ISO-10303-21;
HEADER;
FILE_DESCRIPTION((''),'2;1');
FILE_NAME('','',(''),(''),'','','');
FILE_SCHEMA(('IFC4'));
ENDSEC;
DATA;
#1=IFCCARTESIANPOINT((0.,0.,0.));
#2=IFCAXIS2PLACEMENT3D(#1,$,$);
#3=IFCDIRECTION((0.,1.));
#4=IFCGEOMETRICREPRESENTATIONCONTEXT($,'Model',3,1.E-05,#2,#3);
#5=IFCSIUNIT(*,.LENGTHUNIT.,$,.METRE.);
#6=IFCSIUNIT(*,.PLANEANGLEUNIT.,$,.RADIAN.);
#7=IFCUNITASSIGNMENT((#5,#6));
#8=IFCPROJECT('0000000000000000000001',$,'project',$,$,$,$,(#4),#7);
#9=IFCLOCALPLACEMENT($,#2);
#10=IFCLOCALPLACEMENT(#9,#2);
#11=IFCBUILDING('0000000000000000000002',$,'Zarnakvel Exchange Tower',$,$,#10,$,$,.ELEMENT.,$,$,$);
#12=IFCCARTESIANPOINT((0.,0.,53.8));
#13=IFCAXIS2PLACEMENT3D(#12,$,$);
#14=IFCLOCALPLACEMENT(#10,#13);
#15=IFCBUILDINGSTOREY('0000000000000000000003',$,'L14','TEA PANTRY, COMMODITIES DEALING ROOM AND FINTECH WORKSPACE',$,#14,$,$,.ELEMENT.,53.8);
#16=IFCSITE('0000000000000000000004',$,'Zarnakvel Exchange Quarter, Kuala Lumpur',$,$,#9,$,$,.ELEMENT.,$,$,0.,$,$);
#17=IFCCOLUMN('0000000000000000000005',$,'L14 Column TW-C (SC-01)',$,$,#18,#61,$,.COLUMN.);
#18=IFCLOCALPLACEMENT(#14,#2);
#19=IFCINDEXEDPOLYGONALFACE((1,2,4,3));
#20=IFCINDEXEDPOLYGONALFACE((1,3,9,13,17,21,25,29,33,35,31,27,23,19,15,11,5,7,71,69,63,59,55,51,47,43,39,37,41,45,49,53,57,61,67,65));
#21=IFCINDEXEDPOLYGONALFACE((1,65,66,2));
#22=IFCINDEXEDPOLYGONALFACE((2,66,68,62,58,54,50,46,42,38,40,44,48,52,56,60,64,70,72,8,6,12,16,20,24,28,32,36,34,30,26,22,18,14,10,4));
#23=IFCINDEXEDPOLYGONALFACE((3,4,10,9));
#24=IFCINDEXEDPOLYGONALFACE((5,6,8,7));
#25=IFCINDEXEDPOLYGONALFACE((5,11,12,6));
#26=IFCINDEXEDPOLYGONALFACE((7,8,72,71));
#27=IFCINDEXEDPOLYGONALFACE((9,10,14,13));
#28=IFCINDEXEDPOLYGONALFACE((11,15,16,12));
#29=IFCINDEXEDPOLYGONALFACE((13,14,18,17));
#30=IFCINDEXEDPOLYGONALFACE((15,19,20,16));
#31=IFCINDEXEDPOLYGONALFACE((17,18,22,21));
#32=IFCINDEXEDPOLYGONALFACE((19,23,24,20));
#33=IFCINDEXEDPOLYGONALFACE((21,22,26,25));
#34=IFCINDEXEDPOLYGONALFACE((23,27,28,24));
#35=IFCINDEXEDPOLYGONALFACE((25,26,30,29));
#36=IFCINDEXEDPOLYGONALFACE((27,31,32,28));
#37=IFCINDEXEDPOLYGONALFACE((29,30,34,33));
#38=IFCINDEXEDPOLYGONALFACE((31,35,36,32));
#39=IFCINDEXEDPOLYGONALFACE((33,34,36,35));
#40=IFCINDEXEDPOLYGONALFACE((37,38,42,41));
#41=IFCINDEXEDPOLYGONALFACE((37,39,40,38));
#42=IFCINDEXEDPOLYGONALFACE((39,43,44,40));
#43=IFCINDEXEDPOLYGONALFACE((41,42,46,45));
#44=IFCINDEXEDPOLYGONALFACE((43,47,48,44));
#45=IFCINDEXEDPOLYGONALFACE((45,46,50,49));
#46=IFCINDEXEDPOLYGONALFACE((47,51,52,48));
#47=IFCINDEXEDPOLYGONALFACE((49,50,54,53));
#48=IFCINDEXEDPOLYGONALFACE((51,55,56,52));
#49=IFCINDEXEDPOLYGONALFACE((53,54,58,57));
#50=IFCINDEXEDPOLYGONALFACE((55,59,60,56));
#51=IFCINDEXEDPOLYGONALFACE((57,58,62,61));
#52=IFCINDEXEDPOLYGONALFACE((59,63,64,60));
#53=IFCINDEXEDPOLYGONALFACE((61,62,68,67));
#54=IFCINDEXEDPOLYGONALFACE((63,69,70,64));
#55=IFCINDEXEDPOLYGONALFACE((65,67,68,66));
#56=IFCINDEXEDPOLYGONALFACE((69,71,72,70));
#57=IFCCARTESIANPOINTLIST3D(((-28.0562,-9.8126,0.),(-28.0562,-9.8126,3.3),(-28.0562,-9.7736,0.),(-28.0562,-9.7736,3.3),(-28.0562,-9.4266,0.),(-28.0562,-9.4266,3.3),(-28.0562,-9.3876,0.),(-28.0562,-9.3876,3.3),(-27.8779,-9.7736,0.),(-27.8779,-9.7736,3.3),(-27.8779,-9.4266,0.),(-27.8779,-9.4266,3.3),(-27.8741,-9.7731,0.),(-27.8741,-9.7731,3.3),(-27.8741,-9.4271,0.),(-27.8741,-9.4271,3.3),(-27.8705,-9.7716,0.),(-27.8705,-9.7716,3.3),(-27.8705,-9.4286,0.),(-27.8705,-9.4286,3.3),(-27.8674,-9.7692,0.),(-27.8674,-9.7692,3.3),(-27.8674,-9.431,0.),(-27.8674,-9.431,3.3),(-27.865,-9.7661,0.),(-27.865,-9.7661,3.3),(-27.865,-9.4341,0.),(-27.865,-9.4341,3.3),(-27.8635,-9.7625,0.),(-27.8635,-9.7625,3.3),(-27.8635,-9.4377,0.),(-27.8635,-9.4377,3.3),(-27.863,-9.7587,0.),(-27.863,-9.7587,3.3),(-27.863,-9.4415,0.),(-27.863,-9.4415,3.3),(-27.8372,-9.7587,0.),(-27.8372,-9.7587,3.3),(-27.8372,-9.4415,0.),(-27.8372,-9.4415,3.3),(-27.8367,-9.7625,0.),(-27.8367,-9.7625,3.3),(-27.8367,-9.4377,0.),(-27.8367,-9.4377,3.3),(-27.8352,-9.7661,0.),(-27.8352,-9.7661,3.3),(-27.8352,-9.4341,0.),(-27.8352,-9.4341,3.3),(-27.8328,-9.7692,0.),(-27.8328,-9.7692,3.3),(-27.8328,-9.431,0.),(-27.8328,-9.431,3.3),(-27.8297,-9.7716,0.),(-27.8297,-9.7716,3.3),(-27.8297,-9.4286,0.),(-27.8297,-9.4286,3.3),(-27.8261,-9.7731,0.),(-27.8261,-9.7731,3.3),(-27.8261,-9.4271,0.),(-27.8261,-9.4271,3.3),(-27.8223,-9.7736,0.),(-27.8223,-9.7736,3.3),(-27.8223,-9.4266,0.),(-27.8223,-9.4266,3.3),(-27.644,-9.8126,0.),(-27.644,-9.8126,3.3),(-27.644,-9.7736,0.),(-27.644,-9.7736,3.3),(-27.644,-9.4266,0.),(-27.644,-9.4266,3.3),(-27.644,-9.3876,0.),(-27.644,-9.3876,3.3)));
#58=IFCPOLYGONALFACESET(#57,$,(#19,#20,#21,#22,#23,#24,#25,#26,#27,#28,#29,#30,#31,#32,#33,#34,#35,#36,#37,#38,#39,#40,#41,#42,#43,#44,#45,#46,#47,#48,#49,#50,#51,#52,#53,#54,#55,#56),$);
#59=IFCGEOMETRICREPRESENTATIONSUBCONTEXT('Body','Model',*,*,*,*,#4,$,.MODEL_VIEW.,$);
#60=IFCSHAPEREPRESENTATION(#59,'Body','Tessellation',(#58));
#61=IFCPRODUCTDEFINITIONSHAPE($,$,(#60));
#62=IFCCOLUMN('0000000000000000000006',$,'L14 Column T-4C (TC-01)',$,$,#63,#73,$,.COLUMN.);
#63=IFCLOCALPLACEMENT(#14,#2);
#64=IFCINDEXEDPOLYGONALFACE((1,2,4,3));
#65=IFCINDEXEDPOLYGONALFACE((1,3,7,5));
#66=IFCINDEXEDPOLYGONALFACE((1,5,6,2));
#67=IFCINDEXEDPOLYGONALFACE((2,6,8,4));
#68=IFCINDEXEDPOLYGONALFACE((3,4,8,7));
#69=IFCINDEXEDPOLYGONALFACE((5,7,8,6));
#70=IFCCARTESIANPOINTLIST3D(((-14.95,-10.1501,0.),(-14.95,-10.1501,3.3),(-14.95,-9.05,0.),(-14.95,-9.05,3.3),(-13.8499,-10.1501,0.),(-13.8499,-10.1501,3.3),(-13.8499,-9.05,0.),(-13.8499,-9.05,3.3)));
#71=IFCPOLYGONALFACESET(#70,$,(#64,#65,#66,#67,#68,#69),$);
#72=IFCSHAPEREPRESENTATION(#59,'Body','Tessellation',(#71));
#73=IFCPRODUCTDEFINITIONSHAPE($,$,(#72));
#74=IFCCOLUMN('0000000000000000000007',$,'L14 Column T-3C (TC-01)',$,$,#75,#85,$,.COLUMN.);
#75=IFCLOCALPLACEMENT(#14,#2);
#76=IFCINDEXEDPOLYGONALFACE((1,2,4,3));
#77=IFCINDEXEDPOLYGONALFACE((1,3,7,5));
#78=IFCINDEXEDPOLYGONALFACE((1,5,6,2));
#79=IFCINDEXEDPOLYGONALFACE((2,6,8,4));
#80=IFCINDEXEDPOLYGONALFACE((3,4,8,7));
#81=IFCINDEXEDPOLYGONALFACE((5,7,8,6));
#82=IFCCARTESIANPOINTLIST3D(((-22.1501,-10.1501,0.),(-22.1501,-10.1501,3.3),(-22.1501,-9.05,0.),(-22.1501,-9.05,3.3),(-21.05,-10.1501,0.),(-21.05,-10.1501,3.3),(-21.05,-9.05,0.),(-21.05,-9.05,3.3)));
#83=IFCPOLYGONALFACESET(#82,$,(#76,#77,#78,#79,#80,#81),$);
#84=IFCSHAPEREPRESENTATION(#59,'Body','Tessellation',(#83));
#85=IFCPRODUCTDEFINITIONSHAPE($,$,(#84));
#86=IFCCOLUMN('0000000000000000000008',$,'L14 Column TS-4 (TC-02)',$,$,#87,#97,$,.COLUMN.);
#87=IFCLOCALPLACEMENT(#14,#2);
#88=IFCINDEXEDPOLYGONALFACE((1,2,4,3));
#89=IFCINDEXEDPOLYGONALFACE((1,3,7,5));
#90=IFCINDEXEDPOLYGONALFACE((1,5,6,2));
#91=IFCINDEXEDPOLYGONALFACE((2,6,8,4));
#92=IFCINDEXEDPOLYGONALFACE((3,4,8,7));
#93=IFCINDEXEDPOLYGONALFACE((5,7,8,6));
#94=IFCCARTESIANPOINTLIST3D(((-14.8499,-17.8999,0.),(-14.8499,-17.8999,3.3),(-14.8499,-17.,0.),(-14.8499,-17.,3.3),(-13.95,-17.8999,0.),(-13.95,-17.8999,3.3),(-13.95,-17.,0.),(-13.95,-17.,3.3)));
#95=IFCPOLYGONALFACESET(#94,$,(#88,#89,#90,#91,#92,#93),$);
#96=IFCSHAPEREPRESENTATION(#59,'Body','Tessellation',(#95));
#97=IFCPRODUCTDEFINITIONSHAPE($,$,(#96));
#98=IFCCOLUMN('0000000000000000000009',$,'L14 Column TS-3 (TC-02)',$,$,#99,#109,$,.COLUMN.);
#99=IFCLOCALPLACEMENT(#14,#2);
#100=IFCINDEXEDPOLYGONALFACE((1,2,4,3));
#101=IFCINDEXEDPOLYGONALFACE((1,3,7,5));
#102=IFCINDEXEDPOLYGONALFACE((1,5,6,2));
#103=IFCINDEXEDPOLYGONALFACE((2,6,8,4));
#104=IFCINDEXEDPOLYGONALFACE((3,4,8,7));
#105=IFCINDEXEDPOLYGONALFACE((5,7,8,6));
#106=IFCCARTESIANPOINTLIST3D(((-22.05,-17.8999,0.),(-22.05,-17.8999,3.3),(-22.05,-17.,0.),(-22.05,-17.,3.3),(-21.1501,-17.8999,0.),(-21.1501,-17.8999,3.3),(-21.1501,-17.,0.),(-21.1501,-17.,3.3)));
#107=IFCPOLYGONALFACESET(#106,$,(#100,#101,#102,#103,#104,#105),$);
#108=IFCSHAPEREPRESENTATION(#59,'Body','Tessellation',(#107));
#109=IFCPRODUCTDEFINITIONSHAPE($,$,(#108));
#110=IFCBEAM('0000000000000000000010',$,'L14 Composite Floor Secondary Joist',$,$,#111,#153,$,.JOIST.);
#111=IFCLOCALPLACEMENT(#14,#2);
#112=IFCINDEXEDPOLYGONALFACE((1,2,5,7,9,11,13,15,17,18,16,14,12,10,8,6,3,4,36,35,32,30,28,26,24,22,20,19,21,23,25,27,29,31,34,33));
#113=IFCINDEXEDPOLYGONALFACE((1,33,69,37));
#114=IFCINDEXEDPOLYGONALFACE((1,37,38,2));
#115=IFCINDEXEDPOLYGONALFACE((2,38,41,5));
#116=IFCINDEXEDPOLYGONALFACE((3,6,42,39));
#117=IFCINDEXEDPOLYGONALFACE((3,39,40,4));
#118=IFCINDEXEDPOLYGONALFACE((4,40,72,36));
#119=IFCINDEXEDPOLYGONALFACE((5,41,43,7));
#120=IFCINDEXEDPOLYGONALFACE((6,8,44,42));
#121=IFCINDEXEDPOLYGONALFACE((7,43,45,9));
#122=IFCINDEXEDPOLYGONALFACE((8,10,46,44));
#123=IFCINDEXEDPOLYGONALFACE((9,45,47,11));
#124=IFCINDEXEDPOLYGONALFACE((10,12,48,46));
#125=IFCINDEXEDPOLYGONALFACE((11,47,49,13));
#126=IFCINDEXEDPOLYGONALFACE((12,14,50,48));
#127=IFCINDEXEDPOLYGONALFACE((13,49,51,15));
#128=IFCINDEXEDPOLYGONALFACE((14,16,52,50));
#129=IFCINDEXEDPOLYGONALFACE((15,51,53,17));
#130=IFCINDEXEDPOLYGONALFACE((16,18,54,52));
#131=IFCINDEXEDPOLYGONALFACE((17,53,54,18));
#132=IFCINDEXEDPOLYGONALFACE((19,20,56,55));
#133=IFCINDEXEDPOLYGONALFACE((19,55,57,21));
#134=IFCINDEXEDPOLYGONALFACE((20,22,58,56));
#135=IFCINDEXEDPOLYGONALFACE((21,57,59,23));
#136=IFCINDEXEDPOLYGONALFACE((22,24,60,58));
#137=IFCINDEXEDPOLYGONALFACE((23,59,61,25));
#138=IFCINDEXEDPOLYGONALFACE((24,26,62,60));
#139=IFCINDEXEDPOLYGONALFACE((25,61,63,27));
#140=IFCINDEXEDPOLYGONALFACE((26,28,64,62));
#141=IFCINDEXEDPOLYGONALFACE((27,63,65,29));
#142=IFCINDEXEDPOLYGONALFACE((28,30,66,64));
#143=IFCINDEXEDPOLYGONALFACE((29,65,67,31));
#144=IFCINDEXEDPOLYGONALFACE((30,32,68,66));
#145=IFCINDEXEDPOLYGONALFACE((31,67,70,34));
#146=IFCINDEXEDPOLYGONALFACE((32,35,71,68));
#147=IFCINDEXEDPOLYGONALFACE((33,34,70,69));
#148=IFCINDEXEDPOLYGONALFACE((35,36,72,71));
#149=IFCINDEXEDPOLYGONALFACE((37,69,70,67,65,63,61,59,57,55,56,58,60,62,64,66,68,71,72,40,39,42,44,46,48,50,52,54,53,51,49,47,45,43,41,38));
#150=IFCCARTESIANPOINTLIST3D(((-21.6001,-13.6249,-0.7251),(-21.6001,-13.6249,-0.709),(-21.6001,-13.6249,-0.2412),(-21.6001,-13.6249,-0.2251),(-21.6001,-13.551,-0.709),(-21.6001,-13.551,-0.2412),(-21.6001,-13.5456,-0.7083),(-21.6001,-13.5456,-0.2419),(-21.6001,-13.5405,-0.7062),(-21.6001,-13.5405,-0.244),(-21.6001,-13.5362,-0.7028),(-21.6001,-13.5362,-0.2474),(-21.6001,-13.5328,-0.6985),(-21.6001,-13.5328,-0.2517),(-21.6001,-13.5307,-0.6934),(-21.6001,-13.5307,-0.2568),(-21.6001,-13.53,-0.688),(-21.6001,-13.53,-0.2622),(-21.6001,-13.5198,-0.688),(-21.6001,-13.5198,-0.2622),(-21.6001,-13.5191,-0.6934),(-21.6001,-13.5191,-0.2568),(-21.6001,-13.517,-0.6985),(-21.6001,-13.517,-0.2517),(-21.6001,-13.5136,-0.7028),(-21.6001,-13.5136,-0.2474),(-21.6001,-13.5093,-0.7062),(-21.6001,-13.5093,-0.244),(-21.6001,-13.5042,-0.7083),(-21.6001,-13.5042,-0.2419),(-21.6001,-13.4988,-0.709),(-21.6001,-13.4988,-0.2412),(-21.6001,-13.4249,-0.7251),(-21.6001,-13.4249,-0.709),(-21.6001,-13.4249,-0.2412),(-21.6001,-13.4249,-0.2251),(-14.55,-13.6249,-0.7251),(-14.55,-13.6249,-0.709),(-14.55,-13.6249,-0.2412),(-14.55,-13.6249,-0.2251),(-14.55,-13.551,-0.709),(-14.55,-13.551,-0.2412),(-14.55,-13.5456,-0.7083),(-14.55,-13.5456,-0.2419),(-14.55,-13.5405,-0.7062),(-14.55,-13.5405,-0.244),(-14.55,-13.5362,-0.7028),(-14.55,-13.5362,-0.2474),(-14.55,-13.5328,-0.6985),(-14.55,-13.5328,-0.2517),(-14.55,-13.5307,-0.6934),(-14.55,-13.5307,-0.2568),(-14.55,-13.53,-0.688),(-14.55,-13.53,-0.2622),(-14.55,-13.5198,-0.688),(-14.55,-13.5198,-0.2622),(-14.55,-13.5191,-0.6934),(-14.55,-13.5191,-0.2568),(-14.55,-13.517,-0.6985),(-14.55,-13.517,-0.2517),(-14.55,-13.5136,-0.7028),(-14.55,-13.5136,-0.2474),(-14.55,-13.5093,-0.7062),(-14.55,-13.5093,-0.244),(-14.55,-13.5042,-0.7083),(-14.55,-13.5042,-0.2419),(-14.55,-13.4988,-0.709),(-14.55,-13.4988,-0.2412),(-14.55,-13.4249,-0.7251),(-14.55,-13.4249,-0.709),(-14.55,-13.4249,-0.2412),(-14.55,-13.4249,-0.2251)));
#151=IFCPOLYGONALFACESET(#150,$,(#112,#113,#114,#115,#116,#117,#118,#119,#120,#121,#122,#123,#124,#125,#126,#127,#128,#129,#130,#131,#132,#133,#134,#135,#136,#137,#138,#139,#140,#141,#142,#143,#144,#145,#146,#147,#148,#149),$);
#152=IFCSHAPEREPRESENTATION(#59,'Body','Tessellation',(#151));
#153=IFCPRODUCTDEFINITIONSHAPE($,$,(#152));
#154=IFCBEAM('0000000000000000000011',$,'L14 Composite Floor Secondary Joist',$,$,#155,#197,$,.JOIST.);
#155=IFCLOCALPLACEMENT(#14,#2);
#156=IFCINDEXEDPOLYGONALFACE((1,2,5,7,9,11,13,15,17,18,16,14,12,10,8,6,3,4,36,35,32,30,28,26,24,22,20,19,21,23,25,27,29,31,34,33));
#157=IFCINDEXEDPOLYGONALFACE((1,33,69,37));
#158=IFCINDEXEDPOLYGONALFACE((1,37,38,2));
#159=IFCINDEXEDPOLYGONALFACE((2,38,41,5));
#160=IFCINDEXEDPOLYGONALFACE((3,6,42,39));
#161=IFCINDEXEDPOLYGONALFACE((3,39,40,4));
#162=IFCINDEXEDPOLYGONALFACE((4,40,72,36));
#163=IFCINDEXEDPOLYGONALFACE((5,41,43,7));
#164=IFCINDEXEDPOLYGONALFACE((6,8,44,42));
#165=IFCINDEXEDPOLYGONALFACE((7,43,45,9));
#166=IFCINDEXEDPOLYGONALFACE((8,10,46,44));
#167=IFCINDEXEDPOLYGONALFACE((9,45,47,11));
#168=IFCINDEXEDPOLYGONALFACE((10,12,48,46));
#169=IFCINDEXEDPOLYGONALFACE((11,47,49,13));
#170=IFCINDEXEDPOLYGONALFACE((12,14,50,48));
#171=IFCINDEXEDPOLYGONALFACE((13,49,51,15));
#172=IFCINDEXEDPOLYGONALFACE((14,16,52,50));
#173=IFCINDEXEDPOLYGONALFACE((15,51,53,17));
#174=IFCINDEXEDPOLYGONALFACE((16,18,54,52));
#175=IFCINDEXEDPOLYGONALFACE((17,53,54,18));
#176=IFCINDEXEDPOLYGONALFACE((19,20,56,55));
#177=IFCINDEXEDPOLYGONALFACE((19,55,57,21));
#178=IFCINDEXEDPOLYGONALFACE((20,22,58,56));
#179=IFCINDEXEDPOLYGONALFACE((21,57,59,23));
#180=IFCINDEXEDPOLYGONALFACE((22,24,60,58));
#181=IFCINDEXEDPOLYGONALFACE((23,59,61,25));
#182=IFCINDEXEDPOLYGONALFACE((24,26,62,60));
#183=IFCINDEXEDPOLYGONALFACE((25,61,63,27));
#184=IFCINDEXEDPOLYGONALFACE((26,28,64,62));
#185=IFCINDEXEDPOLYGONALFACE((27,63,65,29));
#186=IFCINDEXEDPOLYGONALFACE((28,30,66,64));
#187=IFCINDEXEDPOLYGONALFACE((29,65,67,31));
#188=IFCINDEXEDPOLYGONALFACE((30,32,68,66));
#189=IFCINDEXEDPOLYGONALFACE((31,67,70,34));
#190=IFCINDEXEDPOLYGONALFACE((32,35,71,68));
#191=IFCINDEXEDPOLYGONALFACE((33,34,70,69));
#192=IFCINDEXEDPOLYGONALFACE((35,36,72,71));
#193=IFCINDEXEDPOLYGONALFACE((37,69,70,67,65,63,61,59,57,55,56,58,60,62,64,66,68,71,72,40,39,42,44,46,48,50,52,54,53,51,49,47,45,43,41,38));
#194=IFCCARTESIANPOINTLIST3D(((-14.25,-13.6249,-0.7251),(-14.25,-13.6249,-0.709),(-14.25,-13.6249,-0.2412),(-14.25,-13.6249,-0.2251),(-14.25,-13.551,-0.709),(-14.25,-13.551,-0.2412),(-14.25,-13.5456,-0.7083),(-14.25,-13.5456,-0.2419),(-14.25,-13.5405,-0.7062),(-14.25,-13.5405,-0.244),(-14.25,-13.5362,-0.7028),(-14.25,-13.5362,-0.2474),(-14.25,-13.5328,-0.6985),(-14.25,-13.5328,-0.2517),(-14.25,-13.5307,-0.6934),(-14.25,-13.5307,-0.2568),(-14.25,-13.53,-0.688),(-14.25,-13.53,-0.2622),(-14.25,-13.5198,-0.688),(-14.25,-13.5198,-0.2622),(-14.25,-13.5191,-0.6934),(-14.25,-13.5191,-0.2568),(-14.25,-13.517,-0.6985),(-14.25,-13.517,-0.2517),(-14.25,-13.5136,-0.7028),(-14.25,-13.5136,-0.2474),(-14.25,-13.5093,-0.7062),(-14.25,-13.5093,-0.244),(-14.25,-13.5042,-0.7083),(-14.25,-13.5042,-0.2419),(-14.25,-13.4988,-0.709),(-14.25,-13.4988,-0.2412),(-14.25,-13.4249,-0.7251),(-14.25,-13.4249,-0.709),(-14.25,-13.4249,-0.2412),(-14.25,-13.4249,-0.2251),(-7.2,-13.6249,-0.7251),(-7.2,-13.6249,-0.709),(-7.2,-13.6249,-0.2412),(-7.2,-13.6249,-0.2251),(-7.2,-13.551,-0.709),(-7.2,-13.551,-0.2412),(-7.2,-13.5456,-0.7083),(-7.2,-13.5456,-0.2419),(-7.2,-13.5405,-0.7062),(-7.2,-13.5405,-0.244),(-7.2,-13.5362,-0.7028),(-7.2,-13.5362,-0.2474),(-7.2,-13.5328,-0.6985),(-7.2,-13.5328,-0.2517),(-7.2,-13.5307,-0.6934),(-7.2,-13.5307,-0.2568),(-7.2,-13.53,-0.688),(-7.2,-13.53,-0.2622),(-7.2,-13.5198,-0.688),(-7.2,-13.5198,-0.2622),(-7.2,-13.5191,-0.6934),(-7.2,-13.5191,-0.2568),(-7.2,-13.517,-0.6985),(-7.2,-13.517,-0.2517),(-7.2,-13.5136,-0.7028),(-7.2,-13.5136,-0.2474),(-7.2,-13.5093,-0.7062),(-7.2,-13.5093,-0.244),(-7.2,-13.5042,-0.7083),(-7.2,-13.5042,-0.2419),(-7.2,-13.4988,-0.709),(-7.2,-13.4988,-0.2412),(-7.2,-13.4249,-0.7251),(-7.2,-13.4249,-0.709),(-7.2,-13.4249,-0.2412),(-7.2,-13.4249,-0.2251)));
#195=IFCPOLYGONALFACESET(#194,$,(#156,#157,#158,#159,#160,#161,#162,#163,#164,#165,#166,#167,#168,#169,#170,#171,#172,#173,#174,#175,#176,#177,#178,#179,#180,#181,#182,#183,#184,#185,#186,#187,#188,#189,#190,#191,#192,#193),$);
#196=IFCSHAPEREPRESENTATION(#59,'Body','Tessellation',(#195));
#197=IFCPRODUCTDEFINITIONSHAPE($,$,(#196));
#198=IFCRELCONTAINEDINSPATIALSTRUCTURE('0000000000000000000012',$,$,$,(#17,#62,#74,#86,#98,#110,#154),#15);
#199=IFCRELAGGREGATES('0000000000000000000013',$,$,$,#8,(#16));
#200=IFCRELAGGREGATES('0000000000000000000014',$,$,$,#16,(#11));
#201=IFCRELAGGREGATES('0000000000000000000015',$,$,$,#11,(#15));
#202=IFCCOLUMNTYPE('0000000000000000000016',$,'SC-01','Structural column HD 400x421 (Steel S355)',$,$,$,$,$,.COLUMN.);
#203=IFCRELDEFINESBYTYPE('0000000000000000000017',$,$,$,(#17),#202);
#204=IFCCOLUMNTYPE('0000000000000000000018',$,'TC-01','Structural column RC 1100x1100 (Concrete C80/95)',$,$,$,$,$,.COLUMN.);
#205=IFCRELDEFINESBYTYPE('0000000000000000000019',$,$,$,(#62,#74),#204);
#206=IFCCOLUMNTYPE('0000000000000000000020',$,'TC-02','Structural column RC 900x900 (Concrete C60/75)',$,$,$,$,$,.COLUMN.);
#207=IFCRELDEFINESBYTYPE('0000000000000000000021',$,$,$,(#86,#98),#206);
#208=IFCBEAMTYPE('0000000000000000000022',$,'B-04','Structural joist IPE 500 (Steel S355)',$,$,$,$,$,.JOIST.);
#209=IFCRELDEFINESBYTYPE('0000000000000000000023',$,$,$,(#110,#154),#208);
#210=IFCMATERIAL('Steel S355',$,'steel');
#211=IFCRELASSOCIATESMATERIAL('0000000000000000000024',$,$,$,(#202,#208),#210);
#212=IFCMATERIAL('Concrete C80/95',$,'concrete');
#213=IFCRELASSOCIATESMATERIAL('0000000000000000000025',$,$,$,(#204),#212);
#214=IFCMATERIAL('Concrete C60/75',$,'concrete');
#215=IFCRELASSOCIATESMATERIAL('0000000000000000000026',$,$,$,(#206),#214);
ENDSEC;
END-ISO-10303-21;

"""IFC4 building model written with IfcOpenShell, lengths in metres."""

from ifc_helpers import new_model, si_unit, direction, frame, origin, origin_2d, place, context, subcontext, project, spatial, rectangle, i_section, extrude, material, material_profile, profile_set, type_object, element, save


model = new_model("IFC4")

# Units and contexts
model_context = context("Model", 3, precision=1e-05, world=origin(), true_north=direction((0.0, 1.0)))
body_context = subcontext(model_context, "Body", "Model", "MODEL_VIEW")
ifc_project = project(units=[si_unit("LENGTHUNIT", "METRE"), si_unit("PLANEANGLEUNIT", "RADIAN")], contexts=[model_context])

# Site, building, storey
site_placement = place(None, origin())
site = spatial("IfcSite", under=ifc_project, at=site_placement, Name="Zarnakvel Exchange Quarter, Kuala Lumpur", CompositionType="ELEMENT", RefElevation=0.0)
building_placement = place(site_placement, origin())
building = spatial("IfcBuilding", under=site, at=building_placement, Name="Zarnakvel Exchange Tower", CompositionType="ELEMENT")
storey_placement = place(building_placement, frame((0.0, 0.0, 53.8)))
storey = spatial("IfcBuildingStorey", under=building, at=storey_placement, Name="L14", Description="TEA PANTRY, COMMODITIES DEALING ROOM AND FINTECH WORKSPACE", CompositionType="ELEMENT", Elevation=53.8)

# Columns
ifc_material_1 = material(Name="Steel S355", Category="steel")
ifc_material_profile_1 = material_profile(ifc_material_1, i_section(OverallWidth=0.4121, OverallDepth=0.425, WebThickness=0.0259, FlangeThickness=0.0391, FilletRadius=0.0149, at=origin_2d()))
ifc_profile_set_1 = profile_set([ifc_material_profile_1], Name="Steel S355")
column_type_1 = type_object("IfcColumnType", Name="SC-01", Description="Structural column HD 400x421 (Steel S355)", PredefinedType="COLUMN", material=ifc_profile_set_1)
column_placement = place(storey_placement, frame((-27.8501, -9.6001, 0.0), z_axis=(0.0, 0.0, 1.0), x_axis=(1.0, 0.0, 0.0)))
element("IfcColumn", 1, at=column_placement, inside=storey, type_object=column_type_1, Name="L14 Column TW-C (SC-01)", PredefinedType="COLUMN", context=body_context, shape_type="SweptSolid", body=[
    extrude(i_section(OverallWidth=0.4121, OverallDepth=0.425, WebThickness=0.0259, FlangeThickness=0.0391, FilletRadius=0.0149, at=origin_2d()), origin(), (0.0, 0.0, 1.0), 3.3),
])
ifc_material_2 = material(Name="Concrete C80/95", Category="concrete")
ifc_material_profile_2 = material_profile(ifc_material_2, rectangle(XDim=1.1001, YDim=1.1001, at=origin_2d()))
ifc_profile_set_2 = profile_set([ifc_material_profile_2], Name="Concrete C80/95")
column_type_2 = type_object("IfcColumnType", Name="TC-01", Description="Structural column RC 1100x1100 (Concrete C80/95)", PredefinedType="COLUMN", material=ifc_profile_set_2)
for number, where, z_axis, x_axis, name in (
    (2, (-14.3999, -9.6001, 0.0), (0.0, 0.0, 1.0), (1.0, 0.0, 0.0), "L14 Column T-4C (TC-01)"),
    (3, (-21.6001, -9.6001, 0.0), (0.0, 0.0, 1.0), (1.0, 0.0, 0.0), "L14 Column T-3C (TC-01)"),
):
    element("IfcColumn", number, at=place(storey_placement, frame(where, z_axis=z_axis, x_axis=x_axis)), inside=storey, type_object=column_type_2, Name=name, PredefinedType="COLUMN", context=body_context, shape_type="SweptSolid", body=[
        extrude(rectangle(XDim=1.1001, YDim=1.1001, at=origin_2d()), origin(), (0.0, 0.0, 1.0), 3.3),
    ])
ifc_material_3 = material(Name="Concrete C60/75", Category="concrete")
ifc_material_profile_3 = material_profile(ifc_material_3, rectangle(XDim=0.8999, YDim=0.8999, at=origin_2d()))
ifc_profile_set_3 = profile_set([ifc_material_profile_3], Name="Concrete C60/75")
column_type_3 = type_object("IfcColumnType", Name="TC-02", Description="Structural column RC 900x900 (Concrete C60/75)", PredefinedType="COLUMN", material=ifc_profile_set_3)
for number, where, z_axis, x_axis, name in (
    (4, (-14.3999, -17.45, 0.0), (0.0, 0.0, 1.0), (1.0, 0.0, 0.0), "L14 Column TS-4 (TC-02)"),
    (5, (-21.6001, -17.45, 0.0), (0.0, 0.0, 1.0), (1.0, 0.0, 0.0), "L14 Column TS-3 (TC-02)"),
):
    element("IfcColumn", number, at=place(storey_placement, frame(where, z_axis=z_axis, x_axis=x_axis)), inside=storey, type_object=column_type_3, Name=name, PredefinedType="COLUMN", context=body_context, shape_type="SweptSolid", body=[
        extrude(rectangle(XDim=0.8999, YDim=0.8999, at=origin_2d()), origin(), (0.0, 0.0, 1.0), 3.3),
    ])

# Beams
ifc_material_profile_4 = material_profile(ifc_material_1, i_section(OverallWidth=0.2, OverallDepth=0.5, WebThickness=0.0103, FlangeThickness=0.0161, FilletRadius=0.021, at=origin_2d()))
ifc_profile_set_4 = profile_set([ifc_material_profile_4], Name="Steel S355")
beam_type_1 = type_object("IfcBeamType", Name="B-04", Description="Structural joist IPE 500 (Steel S355)", PredefinedType="JOIST", material=ifc_profile_set_4)
for number, where, z_axis, x_axis, name in (
    (6, (-21.6001, -13.5249, -0.4751), (1.0, 0.0, 0.0), (0.0, 1.0, 0.0), "L14 Composite Floor Secondary Joist"),
    (7, (-14.25, -13.5249, -0.4751), (1.0, 0.0, 0.0), (0.0, 1.0, 0.0), "L14 Composite Floor Secondary Joist"),
):
    element("IfcBeam", number, at=place(storey_placement, frame(where, z_axis=z_axis, x_axis=x_axis)), inside=storey, type_object=beam_type_1, Name=name, PredefinedType="JOIST", context=body_context, shape_type="SweptSolid", body=[
        extrude(i_section(OverallWidth=0.2, OverallDepth=0.5, WebThickness=0.0103, FlangeThickness=0.0161, FilletRadius=0.021, at=origin_2d()), origin(), (0.0, 0.0, 1.0), 7.05),
    ])

save(model, "model.ifc")
